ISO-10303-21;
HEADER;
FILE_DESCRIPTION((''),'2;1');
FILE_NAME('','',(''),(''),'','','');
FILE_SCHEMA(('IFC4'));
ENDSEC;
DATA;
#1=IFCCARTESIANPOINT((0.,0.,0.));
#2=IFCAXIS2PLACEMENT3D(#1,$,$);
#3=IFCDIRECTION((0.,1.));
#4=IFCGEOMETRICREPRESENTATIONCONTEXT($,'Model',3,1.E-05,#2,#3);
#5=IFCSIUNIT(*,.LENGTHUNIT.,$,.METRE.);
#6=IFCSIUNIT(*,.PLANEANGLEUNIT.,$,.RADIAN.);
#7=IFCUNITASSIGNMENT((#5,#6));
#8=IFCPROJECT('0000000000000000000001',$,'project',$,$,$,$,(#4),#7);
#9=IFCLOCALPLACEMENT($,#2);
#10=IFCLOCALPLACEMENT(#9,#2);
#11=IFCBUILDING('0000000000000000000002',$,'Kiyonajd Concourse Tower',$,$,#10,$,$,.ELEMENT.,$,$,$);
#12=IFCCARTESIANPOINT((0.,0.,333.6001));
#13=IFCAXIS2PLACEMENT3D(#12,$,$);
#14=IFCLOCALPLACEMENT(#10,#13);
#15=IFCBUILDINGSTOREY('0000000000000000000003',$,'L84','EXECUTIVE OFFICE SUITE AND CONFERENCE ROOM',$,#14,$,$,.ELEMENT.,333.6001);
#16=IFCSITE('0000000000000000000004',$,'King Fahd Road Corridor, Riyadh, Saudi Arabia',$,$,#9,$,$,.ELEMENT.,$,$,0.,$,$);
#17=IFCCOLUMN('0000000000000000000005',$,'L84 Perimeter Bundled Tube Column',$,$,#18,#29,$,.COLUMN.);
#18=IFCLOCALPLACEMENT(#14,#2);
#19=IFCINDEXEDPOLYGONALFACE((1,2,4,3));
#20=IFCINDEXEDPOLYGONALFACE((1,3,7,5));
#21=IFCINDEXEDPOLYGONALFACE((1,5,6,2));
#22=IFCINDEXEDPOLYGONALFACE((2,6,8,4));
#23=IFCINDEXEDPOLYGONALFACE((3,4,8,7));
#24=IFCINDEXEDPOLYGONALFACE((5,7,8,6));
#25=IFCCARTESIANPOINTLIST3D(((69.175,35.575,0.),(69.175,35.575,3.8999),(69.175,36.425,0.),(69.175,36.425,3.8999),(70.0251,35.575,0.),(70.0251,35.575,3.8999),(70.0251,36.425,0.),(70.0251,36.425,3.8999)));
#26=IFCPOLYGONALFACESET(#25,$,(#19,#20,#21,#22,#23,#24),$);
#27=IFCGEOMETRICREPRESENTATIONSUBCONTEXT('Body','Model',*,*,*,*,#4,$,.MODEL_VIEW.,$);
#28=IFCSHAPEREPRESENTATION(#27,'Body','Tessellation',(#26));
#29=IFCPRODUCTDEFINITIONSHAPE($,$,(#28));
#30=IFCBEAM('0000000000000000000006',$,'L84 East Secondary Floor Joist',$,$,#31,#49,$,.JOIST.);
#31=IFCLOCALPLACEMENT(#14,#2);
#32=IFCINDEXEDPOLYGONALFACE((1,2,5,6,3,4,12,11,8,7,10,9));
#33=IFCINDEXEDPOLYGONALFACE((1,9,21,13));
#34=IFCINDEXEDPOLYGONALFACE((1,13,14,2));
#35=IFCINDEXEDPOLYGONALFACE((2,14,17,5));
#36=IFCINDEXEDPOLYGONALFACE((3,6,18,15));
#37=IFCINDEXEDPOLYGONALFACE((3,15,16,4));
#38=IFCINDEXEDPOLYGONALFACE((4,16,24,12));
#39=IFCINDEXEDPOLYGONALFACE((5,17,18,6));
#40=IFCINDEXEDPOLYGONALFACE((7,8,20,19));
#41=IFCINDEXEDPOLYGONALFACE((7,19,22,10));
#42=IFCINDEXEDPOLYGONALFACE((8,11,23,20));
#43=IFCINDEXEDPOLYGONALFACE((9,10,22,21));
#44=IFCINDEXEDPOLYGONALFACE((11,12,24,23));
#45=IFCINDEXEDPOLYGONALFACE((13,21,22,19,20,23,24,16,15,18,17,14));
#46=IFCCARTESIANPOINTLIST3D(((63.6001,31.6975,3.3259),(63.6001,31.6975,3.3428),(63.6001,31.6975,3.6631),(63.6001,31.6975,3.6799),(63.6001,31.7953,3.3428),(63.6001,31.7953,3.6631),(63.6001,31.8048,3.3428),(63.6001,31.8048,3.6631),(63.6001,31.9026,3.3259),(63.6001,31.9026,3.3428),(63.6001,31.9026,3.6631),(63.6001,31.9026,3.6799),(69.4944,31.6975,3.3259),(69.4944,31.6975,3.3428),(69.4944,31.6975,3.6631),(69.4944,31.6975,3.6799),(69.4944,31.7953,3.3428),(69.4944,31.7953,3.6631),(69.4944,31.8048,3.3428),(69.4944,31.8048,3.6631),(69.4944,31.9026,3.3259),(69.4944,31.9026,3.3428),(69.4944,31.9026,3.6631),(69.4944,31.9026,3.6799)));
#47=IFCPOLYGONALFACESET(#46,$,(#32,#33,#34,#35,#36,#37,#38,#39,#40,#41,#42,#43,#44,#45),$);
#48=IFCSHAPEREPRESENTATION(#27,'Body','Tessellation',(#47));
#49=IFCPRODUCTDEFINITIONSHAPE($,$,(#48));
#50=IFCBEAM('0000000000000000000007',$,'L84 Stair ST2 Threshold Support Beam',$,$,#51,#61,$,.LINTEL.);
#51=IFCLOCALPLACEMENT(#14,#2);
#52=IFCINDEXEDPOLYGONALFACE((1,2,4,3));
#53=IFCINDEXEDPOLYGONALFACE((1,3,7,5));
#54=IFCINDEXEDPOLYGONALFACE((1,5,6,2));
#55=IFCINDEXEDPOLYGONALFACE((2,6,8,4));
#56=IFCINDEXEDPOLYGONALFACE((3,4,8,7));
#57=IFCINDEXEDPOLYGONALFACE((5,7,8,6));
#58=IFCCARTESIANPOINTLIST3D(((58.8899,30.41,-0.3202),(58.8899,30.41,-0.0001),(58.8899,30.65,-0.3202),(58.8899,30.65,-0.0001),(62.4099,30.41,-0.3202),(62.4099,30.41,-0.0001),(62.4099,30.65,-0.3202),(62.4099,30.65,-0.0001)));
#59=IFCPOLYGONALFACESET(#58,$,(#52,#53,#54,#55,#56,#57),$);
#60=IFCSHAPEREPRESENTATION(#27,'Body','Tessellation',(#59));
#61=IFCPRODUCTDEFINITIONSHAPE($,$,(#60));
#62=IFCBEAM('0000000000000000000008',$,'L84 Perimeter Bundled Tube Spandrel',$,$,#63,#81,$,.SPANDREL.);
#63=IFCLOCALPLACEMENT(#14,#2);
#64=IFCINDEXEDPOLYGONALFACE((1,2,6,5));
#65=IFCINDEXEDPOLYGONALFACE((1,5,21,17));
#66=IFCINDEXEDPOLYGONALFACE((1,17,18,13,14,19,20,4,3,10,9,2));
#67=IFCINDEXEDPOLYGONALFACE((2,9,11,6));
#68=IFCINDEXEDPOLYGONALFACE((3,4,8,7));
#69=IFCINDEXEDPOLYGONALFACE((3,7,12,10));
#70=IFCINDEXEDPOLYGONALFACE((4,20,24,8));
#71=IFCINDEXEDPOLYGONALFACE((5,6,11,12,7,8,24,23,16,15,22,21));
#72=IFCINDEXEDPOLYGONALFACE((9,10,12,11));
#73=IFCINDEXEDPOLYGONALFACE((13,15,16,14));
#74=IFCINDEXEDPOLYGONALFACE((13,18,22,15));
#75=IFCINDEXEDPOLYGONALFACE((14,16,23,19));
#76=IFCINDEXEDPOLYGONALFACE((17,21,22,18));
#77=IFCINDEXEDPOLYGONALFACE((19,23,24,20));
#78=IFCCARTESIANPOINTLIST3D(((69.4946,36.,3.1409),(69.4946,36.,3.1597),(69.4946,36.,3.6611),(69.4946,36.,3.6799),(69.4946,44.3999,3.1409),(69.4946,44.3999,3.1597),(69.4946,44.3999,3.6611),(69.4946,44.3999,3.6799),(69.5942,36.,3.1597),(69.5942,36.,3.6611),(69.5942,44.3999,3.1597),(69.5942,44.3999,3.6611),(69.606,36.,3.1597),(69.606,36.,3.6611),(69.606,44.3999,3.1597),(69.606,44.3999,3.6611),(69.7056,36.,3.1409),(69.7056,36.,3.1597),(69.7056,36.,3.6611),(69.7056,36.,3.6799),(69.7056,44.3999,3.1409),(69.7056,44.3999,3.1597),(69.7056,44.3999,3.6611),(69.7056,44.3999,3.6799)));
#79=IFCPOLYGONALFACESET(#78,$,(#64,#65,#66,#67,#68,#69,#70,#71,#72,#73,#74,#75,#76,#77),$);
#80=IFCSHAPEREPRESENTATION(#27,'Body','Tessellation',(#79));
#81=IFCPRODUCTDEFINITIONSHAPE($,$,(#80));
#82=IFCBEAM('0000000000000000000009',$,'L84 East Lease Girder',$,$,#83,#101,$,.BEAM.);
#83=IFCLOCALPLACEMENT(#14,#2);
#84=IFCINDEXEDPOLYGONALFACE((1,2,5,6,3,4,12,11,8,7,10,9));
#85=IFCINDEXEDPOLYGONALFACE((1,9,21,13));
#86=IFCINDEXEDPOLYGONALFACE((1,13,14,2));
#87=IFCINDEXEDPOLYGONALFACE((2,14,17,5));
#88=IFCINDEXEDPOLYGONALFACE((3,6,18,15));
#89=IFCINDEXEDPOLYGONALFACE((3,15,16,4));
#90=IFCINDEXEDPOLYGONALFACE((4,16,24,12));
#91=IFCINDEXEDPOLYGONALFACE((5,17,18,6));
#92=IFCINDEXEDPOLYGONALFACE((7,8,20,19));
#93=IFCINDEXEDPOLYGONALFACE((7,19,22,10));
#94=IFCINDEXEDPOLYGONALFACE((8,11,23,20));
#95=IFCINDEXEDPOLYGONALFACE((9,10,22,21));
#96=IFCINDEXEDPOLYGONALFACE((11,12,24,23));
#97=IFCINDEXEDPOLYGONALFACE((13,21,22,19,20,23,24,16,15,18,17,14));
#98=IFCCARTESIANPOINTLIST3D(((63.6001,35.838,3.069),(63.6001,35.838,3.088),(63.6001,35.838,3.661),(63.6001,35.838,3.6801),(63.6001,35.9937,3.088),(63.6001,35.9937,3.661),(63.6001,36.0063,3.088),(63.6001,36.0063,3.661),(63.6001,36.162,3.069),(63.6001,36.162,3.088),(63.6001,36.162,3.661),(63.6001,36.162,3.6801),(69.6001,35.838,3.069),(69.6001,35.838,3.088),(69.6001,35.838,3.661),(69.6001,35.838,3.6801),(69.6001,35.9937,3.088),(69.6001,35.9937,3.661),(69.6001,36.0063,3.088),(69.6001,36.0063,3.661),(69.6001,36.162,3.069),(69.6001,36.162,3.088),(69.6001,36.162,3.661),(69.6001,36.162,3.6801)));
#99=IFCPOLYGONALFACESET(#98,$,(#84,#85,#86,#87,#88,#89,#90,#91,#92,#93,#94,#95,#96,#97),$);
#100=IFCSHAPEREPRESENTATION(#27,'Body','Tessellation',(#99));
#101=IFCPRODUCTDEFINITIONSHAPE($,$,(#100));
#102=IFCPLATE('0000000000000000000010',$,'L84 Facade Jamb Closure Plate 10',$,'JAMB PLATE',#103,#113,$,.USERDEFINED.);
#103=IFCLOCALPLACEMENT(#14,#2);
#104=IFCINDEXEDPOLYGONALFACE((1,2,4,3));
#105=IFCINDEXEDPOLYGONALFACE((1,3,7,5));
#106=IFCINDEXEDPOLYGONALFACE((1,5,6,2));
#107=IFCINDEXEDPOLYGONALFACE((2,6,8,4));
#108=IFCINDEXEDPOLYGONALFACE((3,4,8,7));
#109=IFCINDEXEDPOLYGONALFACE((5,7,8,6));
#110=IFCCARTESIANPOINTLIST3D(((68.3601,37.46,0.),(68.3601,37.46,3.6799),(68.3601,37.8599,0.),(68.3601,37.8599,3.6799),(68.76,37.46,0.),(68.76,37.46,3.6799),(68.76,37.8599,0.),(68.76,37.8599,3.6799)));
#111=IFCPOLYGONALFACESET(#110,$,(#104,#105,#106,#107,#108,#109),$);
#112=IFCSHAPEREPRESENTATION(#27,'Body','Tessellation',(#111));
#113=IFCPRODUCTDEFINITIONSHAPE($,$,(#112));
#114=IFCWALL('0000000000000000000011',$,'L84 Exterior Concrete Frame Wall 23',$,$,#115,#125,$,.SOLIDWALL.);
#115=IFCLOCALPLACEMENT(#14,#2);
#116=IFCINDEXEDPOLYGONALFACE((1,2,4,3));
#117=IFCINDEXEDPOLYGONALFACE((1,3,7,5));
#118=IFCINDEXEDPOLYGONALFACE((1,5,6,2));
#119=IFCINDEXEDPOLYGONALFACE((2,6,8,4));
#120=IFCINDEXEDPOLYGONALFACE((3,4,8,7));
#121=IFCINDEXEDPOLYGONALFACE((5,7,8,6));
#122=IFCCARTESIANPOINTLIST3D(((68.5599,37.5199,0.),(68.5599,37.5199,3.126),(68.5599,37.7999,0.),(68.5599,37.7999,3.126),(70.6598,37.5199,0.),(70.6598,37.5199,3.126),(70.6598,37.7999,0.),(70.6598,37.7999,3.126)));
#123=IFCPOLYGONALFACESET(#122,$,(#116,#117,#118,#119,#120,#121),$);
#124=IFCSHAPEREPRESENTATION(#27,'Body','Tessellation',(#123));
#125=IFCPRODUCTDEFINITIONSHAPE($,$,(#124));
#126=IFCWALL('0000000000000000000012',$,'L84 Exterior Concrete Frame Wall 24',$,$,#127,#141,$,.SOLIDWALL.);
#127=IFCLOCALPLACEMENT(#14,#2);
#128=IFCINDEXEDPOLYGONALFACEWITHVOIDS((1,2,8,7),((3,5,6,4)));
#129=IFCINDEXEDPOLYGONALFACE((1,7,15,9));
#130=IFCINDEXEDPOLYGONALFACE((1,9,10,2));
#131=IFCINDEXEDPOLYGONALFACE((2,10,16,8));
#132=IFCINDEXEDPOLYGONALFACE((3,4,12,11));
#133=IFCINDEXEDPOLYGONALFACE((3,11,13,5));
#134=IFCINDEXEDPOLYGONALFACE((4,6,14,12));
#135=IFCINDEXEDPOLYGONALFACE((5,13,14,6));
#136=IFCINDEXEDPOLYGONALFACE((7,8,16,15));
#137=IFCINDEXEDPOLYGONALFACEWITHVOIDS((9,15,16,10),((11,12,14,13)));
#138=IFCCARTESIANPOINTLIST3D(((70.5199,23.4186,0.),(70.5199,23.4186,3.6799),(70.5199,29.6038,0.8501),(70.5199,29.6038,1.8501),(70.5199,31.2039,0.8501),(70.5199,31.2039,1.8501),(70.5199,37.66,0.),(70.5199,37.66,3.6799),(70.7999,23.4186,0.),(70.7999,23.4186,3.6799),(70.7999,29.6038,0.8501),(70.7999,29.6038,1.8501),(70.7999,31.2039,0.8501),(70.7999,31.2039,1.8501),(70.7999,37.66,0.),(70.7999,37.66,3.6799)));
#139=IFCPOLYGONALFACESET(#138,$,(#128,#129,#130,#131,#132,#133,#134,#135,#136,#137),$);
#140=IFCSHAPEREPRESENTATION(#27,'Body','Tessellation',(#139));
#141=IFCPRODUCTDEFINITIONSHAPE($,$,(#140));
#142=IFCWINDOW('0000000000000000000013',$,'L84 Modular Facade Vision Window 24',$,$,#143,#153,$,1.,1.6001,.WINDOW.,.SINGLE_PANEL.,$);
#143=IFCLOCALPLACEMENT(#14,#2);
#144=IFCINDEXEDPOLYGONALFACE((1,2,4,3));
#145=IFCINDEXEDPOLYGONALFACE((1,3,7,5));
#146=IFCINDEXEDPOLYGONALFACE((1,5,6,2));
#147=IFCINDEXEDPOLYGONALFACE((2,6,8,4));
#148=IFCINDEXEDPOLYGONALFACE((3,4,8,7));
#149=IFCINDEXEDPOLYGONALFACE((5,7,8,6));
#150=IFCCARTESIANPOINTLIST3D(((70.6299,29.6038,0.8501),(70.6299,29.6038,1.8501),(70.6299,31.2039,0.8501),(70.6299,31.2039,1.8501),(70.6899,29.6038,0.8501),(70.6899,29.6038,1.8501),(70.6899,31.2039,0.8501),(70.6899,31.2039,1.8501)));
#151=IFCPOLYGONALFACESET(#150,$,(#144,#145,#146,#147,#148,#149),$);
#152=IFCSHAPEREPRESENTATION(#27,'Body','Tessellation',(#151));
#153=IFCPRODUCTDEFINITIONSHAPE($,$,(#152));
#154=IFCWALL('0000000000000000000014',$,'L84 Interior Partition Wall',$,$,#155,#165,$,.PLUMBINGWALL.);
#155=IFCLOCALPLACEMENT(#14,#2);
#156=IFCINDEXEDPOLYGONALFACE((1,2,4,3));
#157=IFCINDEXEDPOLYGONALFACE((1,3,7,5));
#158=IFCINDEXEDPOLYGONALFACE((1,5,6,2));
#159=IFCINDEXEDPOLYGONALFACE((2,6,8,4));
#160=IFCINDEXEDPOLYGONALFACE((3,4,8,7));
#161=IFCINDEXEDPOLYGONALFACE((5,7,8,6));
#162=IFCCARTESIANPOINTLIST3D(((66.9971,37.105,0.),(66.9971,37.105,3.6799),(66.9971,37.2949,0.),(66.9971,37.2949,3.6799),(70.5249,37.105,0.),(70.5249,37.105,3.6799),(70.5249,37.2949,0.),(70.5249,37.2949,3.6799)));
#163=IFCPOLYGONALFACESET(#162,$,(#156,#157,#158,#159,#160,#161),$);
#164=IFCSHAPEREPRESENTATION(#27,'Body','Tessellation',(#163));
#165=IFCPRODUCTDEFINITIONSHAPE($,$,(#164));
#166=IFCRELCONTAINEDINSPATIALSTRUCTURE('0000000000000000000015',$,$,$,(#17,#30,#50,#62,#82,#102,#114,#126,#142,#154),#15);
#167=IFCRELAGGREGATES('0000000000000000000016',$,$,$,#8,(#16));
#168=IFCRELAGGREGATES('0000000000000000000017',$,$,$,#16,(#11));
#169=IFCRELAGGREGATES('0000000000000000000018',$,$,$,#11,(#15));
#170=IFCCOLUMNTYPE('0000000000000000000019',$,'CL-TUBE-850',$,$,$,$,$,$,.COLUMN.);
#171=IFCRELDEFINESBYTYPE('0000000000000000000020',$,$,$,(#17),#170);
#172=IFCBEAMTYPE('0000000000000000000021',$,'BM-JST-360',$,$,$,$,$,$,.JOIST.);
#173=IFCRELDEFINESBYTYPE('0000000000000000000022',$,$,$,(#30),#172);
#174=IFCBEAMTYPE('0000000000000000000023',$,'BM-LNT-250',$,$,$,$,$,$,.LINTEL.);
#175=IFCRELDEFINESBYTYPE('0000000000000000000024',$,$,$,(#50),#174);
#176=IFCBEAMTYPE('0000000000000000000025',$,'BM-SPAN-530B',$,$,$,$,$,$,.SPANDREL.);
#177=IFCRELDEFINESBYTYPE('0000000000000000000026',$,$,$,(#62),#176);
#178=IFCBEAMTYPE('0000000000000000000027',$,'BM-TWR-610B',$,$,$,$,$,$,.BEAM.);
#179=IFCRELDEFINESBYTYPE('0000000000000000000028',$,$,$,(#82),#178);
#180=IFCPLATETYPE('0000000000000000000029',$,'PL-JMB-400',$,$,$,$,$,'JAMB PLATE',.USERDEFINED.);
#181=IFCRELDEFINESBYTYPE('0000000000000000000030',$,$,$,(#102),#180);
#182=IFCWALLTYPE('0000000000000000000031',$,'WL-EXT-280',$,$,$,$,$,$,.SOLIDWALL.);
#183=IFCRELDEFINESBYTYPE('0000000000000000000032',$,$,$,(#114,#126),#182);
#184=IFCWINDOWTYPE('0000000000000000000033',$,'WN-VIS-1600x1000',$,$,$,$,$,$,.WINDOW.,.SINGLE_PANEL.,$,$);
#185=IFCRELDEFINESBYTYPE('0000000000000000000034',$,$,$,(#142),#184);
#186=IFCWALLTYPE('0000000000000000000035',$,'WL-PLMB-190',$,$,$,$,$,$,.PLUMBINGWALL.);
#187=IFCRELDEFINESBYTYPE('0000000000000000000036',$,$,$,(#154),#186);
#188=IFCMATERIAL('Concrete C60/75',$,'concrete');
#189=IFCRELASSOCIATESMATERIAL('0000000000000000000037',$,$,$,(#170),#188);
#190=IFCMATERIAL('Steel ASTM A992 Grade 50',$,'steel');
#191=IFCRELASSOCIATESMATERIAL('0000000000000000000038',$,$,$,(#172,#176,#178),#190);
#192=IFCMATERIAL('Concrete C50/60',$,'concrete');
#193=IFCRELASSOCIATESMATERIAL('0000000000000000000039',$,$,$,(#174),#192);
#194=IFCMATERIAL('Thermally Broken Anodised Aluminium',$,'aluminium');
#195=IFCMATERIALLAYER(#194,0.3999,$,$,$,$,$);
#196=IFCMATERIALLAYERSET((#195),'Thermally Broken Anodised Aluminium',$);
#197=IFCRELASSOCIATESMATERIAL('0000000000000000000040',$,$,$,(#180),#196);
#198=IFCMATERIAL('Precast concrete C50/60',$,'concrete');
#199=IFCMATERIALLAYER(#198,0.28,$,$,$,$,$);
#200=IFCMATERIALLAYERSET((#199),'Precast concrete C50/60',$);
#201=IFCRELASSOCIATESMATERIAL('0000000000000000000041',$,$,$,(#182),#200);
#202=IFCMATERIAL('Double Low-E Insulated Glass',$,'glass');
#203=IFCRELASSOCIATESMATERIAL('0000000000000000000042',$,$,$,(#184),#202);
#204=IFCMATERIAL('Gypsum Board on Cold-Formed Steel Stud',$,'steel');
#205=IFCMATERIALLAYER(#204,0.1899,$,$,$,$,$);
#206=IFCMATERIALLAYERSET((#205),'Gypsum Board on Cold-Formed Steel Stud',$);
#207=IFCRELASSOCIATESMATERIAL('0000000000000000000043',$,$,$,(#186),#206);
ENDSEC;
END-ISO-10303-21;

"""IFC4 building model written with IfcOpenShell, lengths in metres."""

from ifc_helpers import new_model, si_unit, direction, frame, frame_2d, origin, origin_2d, place, context, subcontext, project, spatial, rectangle, i_section, extrude, material, layer, layer_set, material_profile, profile_set, type_object, element, fill, save


model = new_model("IFC4")

# Units and contexts
model_context = context("Model", 3, precision=1e-05, world=origin(), true_north=direction((0.0, 1.0)))
body_context = subcontext(model_context, "Body", "Model", "MODEL_VIEW")
ifc_project = project(units=[si_unit("LENGTHUNIT", "METRE"), si_unit("PLANEANGLEUNIT", "RADIAN")], contexts=[model_context])

# Site, building, storey
site_placement = place(None, origin())
site = spatial("IfcSite", under=ifc_project, at=site_placement, Name="King Fahd Road Corridor, Riyadh, Saudi Arabia", CompositionType="ELEMENT", RefElevation=0.0)
building_placement = place(site_placement, origin())
building = spatial("IfcBuilding", under=site, at=building_placement, Name="Kiyonajd Concourse Tower", CompositionType="ELEMENT")
storey_placement = place(building_placement, frame((0.0, 0.0, 333.6001)))
storey = spatial("IfcBuildingStorey", under=building, at=storey_placement, Name="L84", Description="EXECUTIVE OFFICE SUITE AND CONFERENCE ROOM", CompositionType="ELEMENT", Elevation=333.6001)

# Column
ifc_material_1 = material(Name="Concrete C60/75", Category="concrete")
ifc_material_profile_1 = material_profile(ifc_material_1, rectangle(XDim=0.8501, YDim=0.8501, at=origin_2d()), Name="RC-850x850")
ifc_profile_set_1 = profile_set([ifc_material_profile_1], Name="Concrete C60/75")
column_type = type_object("IfcColumnType", Name="CL-TUBE-850", PredefinedType="COLUMN", material=ifc_profile_set_1)
column_placement = place(storey_placement, frame((69.6001, 36.0, 0.0), z_axis=(0.0, 0.0, 1.0), x_axis=(1.0, 0.0, 0.0)))
element("IfcColumn", 1, at=column_placement, inside=storey, type_object=column_type, Name="L84 Perimeter Bundled Tube Column", PredefinedType="COLUMN", context=body_context, shape_type="SweptSolid", body=[
    extrude(rectangle(XDim=0.8501, YDim=0.8501, at=origin_2d()), origin(), (0.0, 0.0, 1.0), 3.8999),
])

# Beams
ifc_material_2 = material(Name="Steel ASTM A992 Grade 50", Category="steel")
ifc_material_profile_2 = material_profile(ifc_material_2, i_section(OverallWidth=0.2051, OverallDepth=0.354, WebThickness=0.0095, FlangeThickness=0.0168, at=origin_2d()), Name="W360X79")
ifc_profile_set_2 = profile_set([ifc_material_profile_2], Name="Steel ASTM A992 Grade 50")
beam_type_1 = type_object("IfcBeamType", Name="BM-JST-360", PredefinedType="JOIST", material=ifc_profile_set_2)
beam_1_placement = place(storey_placement, frame((63.6001, 31.8, 3.5029), z_axis=(1.0, 0.0, 0.0), x_axis=(0.0, 1.0, 0.0)))
element("IfcBeam", 2, at=beam_1_placement, inside=storey, type_object=beam_type_1, Name="L84 East Secondary Floor Joist", PredefinedType="JOIST", context=body_context, shape_type="SweptSolid", body=[
    extrude(i_section(OverallWidth=0.2051, OverallDepth=0.354, WebThickness=0.0095, FlangeThickness=0.0168, at=origin_2d()), origin(), (0.0, 0.0, 1.0), 5.8943),
])
ifc_material_3 = material(Name="Concrete C50/60", Category="concrete")
ifc_material_profile_3 = material_profile(ifc_material_3, rectangle(XDim=0.24, YDim=0.3201, at=origin_2d()), Name="RCBM-240x320")
ifc_profile_set_3 = profile_set([ifc_material_profile_3], Name="Concrete C50/60")
beam_type_2 = type_object("IfcBeamType", Name="BM-LNT-250", PredefinedType="LINTEL", material=ifc_profile_set_3)
beam_2_placement = place(storey_placement, frame((58.8899, 30.53, -0.1602), z_axis=(1.0, 0.0, 0.0), x_axis=(0.0, 1.0, 0.0)))
element("IfcBeam", 3, at=beam_2_placement, inside=storey, type_object=beam_type_2, Name="L84 Stair ST2 Threshold Support Beam", PredefinedType="LINTEL", context=body_context, shape_type="SweptSolid", body=[
    extrude(rectangle(XDim=0.24, YDim=0.3201, at=origin_2d()), origin(), (0.0, 0.0, 1.0), 3.52),
])
ifc_material_profile_4 = material_profile(ifc_material_2, i_section(OverallWidth=0.2109, OverallDepth=0.5391, WebThickness=0.0117, FlangeThickness=0.0188, at=origin_2d()), Name="W530X109")
ifc_profile_set_4 = profile_set([ifc_material_profile_4], Name="Steel ASTM A992 Grade 50")
beam_type_3 = type_object("IfcBeamType", Name="BM-SPAN-530B", PredefinedType="SPANDREL", material=ifc_profile_set_4)
beam_3_placement = place(storey_placement, frame((69.6001, 36.0, 3.4104), z_axis=(0.0, 1.0, 0.0), x_axis=(-1.0, 0.0, 0.0)))
element("IfcBeam", 4, at=beam_3_placement, inside=storey, type_object=beam_type_3, Name="L84 Perimeter Bundled Tube Spandrel", PredefinedType="SPANDREL", context=body_context, shape_type="SweptSolid", body=[
    extrude(i_section(OverallWidth=0.2109, OverallDepth=0.5391, WebThickness=0.0117, FlangeThickness=0.0188, at=origin_2d()), origin(), (0.0, 0.0, 1.0), 8.3999),
])
ifc_material_profile_5 = material_profile(ifc_material_2, i_section(OverallWidth=0.324, OverallDepth=0.6111, WebThickness=0.0127, FlangeThickness=0.019, at=origin_2d()), Name="W610X155")
ifc_profile_set_5 = profile_set([ifc_material_profile_5], Name="Steel ASTM A992 Grade 50")
beam_type_4 = type_object("IfcBeamType", Name="BM-TWR-610B", PredefinedType="BEAM", material=ifc_profile_set_5)
beam_4_placement = place(storey_placement, frame((63.6001, 36.0, 3.3745), z_axis=(1.0, 0.0, 0.0), x_axis=(0.0, 1.0, 0.0)))
element("IfcBeam", 5, at=beam_4_placement, inside=storey, type_object=beam_type_4, Name="L84 East Lease Girder", PredefinedType="BEAM", context=body_context, shape_type="SweptSolid", body=[
    extrude(i_section(OverallWidth=0.324, OverallDepth=0.6111, WebThickness=0.0127, FlangeThickness=0.019, at=origin_2d()), origin(), (0.0, 0.0, 1.0), 6.0),
])

# Plate
ifc_material_4 = material(Name="Thermally Broken Anodised Aluminium", Category="aluminium")
ifc_layer_1 = layer(ifc_material_4, 0.3999)
ifc_layer_set_1 = layer_set([ifc_layer_1], Name="Thermally Broken Anodised Aluminium")
plate_type = type_object("IfcPlateType", Name="PL-JMB-400", ElementType="JAMB PLATE", PredefinedType="USERDEFINED", material=ifc_layer_set_1)
plate_placement = place(storey_placement, frame((68.5601, 37.6599, 0.0), z_axis=(0.0, 0.0, 1.0), x_axis=(1.0, 0.0, 0.0)))
element("IfcPlate", 6, at=plate_placement, inside=storey, type_object=plate_type, Name="L84 Facade Jamb Closure Plate 10", ObjectType="JAMB PLATE", PredefinedType="USERDEFINED", context=body_context, shape_type="SweptSolid", body=[
    extrude(rectangle(XDim=0.3999, YDim=0.3999, at=origin_2d()), origin(), (0.0, 0.0, 1.0), 3.6799),
])

# Wall
ifc_material_5 = material(Name="Precast concrete C50/60", Category="concrete")
ifc_layer_2 = layer(ifc_material_5, 0.28)
ifc_layer_set_2 = layer_set([ifc_layer_2], Name="Precast concrete C50/60")
wall_type_1 = type_object("IfcWallType", Name="WL-EXT-280", PredefinedType="SOLIDWALL", material=ifc_layer_set_2)
wall_1_placement = place(storey_placement, frame((68.5601, 37.6599, 0.0), z_axis=(0.0, 0.0, 1.0), x_axis=(1.0, 0.0, 0.0)))
element("IfcWall", 7, at=wall_1_placement, inside=storey, type_object=wall_type_1, Name="L84 Exterior Concrete Frame Wall 23", PredefinedType="SOLIDWALL", context=body_context, shape_type="SweptSolid", body=[
    extrude(rectangle(XDim=2.0999, YDim=0.28, at=frame_2d((1.0498, 0.0))), origin(), (0.0, 0.0, 1.0), 3.126),
])

# Wall, opening, window
wall_2_placement = place(storey_placement, frame((70.6599, 37.6599, 0.0), z_axis=(0.0, 0.0, 1.0), x_axis=(0.0, -1.0, 0.0)))
wall_2 = element("IfcWall", 8, at=wall_2_placement, inside=storey, type_object=wall_type_1, Name="L84 Exterior Concrete Frame Wall 24", PredefinedType="SOLIDWALL", context=body_context, shape_type="SweptSolid", body=[
    extrude(rectangle(XDim=14.2415, YDim=0.28, at=frame_2d((7.1206, 0.0))), origin(), (0.0, 0.0, 1.0), 3.6799),
])
opening_placement = place(wall_2_placement, frame((6.4561, 0.0, 0.8501)))
opening = element("IfcOpeningElement", 9, at=opening_placement, cuts=wall_2, PredefinedType="OPENING", context=body_context, shape_type="SweptSolid", body=[
    extrude(rectangle(XDim=1.6001, YDim=1.0, at=frame_2d((0.8, 0.5))), frame((0.0, 0.1499, 0.0), z_axis=(0.0, -1.0, 0.0), x_axis=(1.0, 0.0, 0.0)), (0.0, 0.0, 1.0), 0.3),
])
ifc_material_6 = material(Name="Double Low-E Insulated Glass", Category="glass")
window_type = type_object("IfcWindowType", Name="WN-VIS-1600x1000", PartitioningType="SINGLE_PANEL", PredefinedType="WINDOW", material=ifc_material_6)
window_placement = place(opening_placement, origin())
window = element("IfcWindow", 10, at=window_placement, inside=storey, type_object=window_type, Name="L84 Modular Facade Vision Window 24", OverallHeight=1.0, OverallWidth=1.6001, PartitioningType="SINGLE_PANEL", PredefinedType="WINDOW", context=body_context, shape_type="SweptSolid", body=[
    extrude(rectangle(XDim=1.6001, YDim=1.0, at=frame_2d((0.8, 0.5))), frame((0.0, 0.03, 0.0), z_axis=(0.0, -1.0, 0.0), x_axis=(1.0, 0.0, 0.0)), (0.0, 0.0, 1.0), 0.0601),
])
fill(opening, window)

# Wall
ifc_material_7 = material(Name="Gypsum Board on Cold-Formed Steel Stud", Category="steel")
ifc_layer_3 = layer(ifc_material_7, 0.1899)
ifc_layer_set_3 = layer_set([ifc_layer_3], Name="Gypsum Board on Cold-Formed Steel Stud")
wall_type_2 = type_object("IfcWallType", Name="WL-PLMB-190", PredefinedType="PLUMBINGWALL", material=ifc_layer_set_3)
wall_3_placement = place(storey_placement, frame((66.9971, 37.2, 0.0), z_axis=(0.0, 0.0, 1.0), x_axis=(1.0, 0.0, 0.0)))
element("IfcWall", 11, at=wall_3_placement, inside=storey, type_object=wall_type_2, Name="L84 Interior Partition Wall", PredefinedType="PLUMBINGWALL", context=body_context, shape_type="SweptSolid", body=[
    extrude(rectangle(XDim=3.5278, YDim=0.1899, at=frame_2d((1.7639, 0.0))), origin(), (0.0, 0.0, 1.0), 3.6799),
])

save(model, "model.ifc")
